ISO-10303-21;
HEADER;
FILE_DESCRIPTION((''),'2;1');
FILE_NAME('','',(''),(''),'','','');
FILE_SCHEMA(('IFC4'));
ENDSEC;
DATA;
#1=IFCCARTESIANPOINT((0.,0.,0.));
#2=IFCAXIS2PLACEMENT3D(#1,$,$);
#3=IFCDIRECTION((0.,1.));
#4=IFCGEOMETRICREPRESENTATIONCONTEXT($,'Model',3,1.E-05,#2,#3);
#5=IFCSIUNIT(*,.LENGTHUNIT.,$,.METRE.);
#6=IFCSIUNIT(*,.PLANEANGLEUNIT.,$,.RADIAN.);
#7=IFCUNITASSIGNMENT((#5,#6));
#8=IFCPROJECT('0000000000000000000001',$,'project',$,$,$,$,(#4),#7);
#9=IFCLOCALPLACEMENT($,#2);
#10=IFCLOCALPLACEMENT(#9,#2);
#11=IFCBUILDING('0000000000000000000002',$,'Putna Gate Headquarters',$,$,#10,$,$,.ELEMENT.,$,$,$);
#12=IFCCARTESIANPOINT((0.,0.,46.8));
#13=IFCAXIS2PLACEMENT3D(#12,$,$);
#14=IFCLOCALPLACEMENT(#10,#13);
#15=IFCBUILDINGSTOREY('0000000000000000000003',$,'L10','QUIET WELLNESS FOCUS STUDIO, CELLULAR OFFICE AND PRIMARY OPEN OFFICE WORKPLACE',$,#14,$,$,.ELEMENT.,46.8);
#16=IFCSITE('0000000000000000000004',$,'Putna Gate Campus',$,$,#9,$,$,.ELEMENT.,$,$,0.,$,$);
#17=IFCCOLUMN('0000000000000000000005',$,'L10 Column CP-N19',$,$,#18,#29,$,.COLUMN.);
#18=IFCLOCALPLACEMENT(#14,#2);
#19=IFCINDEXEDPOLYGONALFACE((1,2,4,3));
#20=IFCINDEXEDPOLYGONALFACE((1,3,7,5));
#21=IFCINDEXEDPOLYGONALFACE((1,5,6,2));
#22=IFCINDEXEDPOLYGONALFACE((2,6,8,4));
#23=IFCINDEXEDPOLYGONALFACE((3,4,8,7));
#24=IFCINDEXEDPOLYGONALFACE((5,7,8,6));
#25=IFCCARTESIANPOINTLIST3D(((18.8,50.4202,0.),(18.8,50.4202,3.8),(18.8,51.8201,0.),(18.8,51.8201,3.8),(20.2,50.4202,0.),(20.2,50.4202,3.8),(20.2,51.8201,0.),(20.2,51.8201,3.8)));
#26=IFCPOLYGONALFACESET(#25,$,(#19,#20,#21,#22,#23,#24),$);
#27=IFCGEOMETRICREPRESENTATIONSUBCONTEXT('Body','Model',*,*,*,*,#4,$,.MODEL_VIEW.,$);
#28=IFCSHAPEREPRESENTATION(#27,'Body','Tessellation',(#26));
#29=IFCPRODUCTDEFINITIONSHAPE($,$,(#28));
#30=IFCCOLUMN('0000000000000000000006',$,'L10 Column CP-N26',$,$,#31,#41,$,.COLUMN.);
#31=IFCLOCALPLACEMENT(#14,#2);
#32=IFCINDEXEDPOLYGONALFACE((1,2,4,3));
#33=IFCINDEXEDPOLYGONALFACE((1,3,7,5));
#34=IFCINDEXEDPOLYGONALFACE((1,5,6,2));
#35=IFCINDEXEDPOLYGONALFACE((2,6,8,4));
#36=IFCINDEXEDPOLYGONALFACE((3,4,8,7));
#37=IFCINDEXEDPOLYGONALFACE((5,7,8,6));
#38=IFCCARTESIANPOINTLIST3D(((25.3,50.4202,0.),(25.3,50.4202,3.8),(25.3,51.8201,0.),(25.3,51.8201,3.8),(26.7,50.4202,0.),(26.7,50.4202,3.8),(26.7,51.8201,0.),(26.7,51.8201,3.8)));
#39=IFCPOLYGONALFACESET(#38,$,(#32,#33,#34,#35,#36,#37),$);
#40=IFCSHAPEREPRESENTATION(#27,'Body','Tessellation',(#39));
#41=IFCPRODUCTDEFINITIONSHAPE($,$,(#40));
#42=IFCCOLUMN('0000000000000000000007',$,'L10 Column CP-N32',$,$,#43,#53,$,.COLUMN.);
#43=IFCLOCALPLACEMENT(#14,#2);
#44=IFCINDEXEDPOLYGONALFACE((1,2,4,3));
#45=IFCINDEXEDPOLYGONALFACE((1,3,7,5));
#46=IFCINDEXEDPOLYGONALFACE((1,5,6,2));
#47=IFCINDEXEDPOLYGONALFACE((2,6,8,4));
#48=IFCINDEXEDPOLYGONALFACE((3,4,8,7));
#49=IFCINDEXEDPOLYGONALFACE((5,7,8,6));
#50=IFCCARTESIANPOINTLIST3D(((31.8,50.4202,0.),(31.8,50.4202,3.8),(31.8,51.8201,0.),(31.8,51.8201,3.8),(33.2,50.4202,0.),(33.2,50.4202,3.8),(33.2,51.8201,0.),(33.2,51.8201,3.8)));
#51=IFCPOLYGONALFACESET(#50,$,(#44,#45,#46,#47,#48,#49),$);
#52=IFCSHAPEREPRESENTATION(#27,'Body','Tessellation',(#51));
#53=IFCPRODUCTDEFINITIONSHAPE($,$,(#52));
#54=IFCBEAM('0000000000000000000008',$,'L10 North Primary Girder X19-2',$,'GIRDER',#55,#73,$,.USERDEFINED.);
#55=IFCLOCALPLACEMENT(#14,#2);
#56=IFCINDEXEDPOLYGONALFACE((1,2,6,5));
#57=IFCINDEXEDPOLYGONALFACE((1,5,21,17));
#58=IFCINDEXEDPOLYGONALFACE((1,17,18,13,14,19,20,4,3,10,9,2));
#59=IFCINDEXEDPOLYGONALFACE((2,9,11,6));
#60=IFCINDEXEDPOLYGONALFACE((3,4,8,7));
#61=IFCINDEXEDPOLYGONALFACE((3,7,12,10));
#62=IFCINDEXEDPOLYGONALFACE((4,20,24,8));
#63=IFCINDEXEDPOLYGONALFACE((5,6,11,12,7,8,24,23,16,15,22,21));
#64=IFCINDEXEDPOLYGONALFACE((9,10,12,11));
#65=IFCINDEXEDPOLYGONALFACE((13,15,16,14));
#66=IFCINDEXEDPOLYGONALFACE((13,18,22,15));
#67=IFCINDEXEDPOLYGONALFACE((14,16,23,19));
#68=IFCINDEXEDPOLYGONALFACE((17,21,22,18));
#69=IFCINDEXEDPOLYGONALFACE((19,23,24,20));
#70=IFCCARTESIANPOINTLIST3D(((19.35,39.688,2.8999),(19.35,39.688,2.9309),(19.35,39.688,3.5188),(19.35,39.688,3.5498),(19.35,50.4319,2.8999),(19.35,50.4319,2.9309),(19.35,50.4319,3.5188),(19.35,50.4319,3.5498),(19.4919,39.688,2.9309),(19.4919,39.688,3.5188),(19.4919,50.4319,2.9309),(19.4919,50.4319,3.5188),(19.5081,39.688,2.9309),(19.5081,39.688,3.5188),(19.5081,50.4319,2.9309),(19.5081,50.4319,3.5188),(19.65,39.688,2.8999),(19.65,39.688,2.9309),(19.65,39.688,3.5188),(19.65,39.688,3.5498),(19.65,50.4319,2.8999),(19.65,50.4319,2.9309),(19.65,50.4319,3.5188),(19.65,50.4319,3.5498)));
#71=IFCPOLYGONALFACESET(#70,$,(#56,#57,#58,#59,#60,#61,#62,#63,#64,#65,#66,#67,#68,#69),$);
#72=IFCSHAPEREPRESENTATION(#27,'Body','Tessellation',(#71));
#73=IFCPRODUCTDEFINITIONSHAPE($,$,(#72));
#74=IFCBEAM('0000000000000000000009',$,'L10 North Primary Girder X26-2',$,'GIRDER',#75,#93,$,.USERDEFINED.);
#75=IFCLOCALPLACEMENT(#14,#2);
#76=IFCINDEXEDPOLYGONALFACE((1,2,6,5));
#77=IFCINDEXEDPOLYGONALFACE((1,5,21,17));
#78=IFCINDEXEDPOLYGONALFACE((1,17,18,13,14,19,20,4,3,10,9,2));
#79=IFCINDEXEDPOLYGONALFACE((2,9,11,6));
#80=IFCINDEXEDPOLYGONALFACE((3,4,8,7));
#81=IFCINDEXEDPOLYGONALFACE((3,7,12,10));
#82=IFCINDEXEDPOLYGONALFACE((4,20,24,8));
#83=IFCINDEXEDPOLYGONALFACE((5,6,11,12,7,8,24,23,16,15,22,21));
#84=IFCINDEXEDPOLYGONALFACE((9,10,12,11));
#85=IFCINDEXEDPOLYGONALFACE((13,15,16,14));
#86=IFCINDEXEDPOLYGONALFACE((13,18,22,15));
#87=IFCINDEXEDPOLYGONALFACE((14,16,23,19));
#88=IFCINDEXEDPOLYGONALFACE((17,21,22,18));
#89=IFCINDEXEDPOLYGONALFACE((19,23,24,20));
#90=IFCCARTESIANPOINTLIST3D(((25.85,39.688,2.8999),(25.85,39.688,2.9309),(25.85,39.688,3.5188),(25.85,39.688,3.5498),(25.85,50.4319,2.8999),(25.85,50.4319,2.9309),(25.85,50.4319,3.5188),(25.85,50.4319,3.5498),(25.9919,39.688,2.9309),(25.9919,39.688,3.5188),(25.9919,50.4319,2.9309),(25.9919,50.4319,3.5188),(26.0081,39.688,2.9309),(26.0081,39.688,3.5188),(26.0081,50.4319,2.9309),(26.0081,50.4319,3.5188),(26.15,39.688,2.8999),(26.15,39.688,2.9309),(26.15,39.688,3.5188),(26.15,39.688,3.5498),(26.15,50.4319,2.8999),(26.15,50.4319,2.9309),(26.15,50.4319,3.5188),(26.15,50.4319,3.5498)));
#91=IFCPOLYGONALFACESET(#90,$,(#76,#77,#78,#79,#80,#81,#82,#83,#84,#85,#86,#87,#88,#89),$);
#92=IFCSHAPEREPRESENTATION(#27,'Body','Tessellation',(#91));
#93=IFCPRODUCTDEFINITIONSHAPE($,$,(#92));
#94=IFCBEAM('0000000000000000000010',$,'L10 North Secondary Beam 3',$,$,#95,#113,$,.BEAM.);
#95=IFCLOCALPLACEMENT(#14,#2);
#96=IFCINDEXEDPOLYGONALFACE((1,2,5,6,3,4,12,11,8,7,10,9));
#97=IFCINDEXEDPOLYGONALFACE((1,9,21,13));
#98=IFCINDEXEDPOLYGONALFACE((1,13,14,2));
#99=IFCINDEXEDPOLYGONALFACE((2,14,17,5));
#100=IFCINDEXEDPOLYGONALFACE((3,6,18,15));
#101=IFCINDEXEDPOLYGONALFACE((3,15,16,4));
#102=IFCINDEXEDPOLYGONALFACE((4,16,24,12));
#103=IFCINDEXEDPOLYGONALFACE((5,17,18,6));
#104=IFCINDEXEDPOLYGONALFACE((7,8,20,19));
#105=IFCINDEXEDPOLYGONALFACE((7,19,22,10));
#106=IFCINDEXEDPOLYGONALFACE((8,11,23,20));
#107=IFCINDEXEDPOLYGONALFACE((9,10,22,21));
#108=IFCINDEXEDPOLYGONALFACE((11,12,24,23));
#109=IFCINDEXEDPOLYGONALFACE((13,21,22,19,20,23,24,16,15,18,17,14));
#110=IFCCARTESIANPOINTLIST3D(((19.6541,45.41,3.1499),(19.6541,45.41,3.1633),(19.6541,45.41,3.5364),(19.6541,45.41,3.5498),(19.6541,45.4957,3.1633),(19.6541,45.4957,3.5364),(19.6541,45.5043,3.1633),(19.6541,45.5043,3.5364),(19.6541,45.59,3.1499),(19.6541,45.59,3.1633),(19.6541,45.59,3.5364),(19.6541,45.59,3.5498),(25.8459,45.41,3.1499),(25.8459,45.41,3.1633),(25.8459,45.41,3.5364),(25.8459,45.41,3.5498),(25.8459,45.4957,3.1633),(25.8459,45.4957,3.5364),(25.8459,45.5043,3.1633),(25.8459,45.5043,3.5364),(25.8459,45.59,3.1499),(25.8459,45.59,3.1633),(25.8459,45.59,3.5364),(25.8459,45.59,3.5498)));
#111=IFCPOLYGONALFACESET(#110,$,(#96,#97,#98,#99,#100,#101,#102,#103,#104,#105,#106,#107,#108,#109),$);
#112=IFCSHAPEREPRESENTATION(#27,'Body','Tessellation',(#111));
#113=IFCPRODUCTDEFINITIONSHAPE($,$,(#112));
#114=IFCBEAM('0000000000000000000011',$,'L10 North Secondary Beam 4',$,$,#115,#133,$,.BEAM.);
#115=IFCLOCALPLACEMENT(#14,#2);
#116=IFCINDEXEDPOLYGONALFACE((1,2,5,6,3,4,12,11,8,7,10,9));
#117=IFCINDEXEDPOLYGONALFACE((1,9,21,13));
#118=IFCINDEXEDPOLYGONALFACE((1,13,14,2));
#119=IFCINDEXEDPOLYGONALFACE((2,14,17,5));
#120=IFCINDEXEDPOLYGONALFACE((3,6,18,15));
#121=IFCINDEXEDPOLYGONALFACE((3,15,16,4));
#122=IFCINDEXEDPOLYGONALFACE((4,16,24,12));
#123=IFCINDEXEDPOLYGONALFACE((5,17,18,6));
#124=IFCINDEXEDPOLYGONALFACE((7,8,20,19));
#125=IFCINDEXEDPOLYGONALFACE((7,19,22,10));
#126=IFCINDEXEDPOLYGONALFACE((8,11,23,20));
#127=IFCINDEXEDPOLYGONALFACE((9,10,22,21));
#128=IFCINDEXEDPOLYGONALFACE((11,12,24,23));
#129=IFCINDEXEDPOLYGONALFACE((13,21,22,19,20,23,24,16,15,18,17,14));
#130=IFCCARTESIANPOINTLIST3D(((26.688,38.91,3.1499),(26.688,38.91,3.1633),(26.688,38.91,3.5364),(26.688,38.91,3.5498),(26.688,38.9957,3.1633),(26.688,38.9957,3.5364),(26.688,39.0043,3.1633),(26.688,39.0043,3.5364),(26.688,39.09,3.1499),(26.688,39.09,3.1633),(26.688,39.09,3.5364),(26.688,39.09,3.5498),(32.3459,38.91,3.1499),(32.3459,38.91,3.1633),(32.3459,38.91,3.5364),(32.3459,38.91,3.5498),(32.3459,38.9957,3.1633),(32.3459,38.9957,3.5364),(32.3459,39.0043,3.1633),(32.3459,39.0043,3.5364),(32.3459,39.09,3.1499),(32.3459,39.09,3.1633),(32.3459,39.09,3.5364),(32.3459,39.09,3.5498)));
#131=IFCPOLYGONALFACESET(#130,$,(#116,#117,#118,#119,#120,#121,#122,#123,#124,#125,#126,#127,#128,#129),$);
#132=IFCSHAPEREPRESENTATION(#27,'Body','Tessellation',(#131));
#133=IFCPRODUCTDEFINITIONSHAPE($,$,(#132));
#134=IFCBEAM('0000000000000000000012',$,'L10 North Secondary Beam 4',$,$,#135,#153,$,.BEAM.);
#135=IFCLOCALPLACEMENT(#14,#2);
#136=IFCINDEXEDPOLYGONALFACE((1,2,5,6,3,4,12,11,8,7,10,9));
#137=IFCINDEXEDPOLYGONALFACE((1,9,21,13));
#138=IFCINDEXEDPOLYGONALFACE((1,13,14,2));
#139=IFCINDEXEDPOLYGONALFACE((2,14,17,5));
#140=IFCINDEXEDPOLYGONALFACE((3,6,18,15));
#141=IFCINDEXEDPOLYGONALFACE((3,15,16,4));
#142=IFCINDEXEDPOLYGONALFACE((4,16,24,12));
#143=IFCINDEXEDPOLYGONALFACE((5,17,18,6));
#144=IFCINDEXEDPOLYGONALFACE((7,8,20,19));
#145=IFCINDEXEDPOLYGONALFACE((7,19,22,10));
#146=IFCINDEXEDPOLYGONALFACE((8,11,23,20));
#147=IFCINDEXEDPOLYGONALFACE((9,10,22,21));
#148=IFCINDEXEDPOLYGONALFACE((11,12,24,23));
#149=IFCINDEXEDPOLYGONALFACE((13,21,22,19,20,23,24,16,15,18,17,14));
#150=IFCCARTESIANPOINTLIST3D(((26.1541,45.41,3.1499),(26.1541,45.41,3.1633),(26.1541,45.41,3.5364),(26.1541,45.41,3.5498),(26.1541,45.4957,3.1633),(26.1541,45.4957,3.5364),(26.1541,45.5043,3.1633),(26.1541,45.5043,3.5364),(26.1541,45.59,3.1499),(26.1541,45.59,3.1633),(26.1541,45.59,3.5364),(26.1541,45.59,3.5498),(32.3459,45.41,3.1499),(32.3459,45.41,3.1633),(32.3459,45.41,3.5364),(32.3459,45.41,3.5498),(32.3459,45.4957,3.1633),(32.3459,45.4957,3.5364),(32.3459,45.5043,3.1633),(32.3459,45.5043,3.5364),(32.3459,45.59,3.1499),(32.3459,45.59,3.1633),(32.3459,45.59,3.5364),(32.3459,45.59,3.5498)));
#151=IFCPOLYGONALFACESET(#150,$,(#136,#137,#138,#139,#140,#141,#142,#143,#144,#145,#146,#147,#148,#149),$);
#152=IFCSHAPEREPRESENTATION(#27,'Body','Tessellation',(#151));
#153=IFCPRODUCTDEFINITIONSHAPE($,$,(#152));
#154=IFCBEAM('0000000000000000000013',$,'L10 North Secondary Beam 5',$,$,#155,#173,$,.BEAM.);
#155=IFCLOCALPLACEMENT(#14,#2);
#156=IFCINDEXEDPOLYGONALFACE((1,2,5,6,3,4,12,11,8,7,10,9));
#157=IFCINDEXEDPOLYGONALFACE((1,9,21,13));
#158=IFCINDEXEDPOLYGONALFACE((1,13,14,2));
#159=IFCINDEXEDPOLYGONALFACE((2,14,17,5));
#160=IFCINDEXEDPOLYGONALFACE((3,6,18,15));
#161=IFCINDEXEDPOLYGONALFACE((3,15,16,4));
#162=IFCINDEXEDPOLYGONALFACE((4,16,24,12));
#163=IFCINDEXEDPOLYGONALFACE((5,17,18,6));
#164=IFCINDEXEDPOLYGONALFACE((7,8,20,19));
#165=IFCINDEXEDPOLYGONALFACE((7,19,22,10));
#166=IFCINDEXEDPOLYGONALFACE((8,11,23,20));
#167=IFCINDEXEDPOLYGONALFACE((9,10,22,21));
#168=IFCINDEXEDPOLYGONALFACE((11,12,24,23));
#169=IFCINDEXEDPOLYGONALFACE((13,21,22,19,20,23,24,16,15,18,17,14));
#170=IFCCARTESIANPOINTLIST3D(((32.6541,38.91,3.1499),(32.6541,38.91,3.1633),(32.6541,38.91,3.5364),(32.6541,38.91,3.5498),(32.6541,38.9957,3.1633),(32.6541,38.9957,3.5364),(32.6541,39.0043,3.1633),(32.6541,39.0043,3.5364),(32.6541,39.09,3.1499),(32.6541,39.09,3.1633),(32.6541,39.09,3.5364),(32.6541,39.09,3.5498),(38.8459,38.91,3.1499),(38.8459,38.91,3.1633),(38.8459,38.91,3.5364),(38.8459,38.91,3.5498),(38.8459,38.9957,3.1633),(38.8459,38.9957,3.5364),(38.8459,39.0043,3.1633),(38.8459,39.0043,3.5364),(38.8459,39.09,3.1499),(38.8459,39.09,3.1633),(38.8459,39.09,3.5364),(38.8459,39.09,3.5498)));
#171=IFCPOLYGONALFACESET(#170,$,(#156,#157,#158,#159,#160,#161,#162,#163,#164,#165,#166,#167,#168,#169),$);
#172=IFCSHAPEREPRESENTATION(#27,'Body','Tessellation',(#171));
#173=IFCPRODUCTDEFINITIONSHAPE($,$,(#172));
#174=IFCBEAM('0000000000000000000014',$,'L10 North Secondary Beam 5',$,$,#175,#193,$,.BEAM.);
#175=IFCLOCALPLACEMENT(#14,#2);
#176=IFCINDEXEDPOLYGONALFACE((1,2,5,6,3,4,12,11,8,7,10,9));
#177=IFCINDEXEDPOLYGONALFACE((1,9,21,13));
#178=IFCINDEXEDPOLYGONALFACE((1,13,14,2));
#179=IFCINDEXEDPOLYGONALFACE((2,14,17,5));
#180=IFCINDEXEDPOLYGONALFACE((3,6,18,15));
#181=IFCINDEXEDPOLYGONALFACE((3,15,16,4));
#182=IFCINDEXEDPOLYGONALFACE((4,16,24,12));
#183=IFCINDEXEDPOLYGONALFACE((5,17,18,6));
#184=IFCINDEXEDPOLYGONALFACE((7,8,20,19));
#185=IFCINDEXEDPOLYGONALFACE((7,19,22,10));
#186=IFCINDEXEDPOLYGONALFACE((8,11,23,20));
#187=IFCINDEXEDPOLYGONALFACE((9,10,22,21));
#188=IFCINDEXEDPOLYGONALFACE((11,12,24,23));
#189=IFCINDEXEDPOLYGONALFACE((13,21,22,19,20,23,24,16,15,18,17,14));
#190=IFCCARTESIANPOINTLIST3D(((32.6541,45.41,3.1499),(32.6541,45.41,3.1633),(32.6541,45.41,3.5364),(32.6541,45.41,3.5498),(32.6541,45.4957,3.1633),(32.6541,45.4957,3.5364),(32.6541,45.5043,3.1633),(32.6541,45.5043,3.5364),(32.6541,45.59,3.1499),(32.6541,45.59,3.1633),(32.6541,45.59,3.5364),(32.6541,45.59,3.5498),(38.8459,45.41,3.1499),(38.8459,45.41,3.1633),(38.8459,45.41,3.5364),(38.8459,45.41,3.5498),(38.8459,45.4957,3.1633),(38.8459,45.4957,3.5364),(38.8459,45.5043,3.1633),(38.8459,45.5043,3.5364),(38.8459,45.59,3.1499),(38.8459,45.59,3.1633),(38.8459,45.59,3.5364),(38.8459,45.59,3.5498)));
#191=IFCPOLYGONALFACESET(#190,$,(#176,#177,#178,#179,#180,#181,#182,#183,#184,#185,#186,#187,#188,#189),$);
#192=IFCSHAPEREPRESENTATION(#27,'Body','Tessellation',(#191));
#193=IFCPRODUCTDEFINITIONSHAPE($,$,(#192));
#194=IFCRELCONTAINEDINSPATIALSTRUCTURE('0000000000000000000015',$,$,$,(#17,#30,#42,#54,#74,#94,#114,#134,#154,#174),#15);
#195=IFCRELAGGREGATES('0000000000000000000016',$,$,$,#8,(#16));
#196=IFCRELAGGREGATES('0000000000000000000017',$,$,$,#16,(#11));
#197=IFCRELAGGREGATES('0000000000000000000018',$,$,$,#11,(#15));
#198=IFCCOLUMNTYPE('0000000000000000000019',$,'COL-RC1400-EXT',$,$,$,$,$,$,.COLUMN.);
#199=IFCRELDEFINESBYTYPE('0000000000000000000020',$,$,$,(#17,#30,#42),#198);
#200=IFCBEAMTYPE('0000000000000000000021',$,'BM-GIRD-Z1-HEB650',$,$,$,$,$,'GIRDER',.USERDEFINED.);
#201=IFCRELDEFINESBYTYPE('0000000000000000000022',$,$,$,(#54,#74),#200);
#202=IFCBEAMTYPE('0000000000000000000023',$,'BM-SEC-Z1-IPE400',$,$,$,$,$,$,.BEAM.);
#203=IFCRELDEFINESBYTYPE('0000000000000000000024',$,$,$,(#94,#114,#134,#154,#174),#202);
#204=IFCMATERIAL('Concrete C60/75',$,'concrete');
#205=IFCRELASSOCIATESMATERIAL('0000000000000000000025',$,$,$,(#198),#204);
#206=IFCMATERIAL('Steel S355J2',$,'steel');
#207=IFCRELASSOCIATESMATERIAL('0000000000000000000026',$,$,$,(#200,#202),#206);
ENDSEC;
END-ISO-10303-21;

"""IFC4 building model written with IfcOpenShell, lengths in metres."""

from ifc_helpers import new_model, si_unit, direction, frame, origin, origin_2d, place, context, subcontext, project, spatial, rectangle, i_section, extrude, material, material_profile, profile_set, type_object, element, save


model = new_model("IFC4")

# Units and contexts
model_context = context("Model", 3, precision=1e-05, world=origin(), true_north=direction((0.0, 1.0)))
body_context = subcontext(model_context, "Body", "Model", "MODEL_VIEW")
ifc_project = project(units=[si_unit("LENGTHUNIT", "METRE"), si_unit("PLANEANGLEUNIT", "RADIAN")], contexts=[model_context])

# Site, building, storey
site_placement = place(None, origin())
site = spatial("IfcSite", under=ifc_project, at=site_placement, Name="Putna Gate Campus", CompositionType="ELEMENT", RefElevation=0.0)
building_placement = place(site_placement, origin())
building = spatial("IfcBuilding", under=site, at=building_placement, Name="Putna Gate Headquarters", CompositionType="ELEMENT")
storey_placement = place(building_placement, frame((0.0, 0.0, 46.8)))
storey = spatial("IfcBuildingStorey", under=building, at=storey_placement, Name="L10", Description="QUIET WELLNESS FOCUS STUDIO, CELLULAR OFFICE AND PRIMARY OPEN OFFICE WORKPLACE", CompositionType="ELEMENT", Elevation=46.8)

# Columns
ifc_material_1 = material(Name="Concrete C60/75", Category="concrete")
ifc_material_profile_1 = material_profile(ifc_material_1, rectangle(XDim=1.3999, YDim=1.3999, at=origin_2d()), Name="Concrete C60/75")
ifc_profile_set_1 = profile_set([ifc_material_profile_1], Name="Concrete C60/75")
column_type = type_object("IfcColumnType", Name="COL-RC1400-EXT", PredefinedType="COLUMN", material=ifc_profile_set_1)
for number, where, z_axis, x_axis, name in (
    (1, (19.5, 51.1201, 0.0), (0.0, 0.0, 1.0), (1.0, 0.0, 0.0), "L10 Column CP-N19"),
    (2, (26.0, 51.1201, 0.0), (0.0, 0.0, 1.0), (1.0, 0.0, 0.0), "L10 Column CP-N26"),
    (3, (32.5, 51.1201, 0.0), (0.0, 0.0, 1.0), (1.0, 0.0, 0.0), "L10 Column CP-N32"),
):
    element("IfcColumn", number, at=place(storey_placement, frame(where, z_axis=z_axis, x_axis=x_axis)), inside=storey, type_object=column_type, Name=name, PredefinedType="COLUMN", context=body_context, shape_type="SweptSolid", body=[
        extrude(rectangle(XDim=1.3999, YDim=1.3999, at=origin_2d()), origin(), (0.0, 0.0, 1.0), 3.8),
    ])

# Beams
ifc_material_2 = material(Name="Steel S355J2", Category="steel")
ifc_material_profile_2 = material_profile(ifc_material_2, i_section(OverallWidth=0.3, OverallDepth=0.6499, WebThickness=0.0161, FlangeThickness=0.031, at=origin_2d()), Name="Steel S355J2")
ifc_profile_set_2 = profile_set([ifc_material_profile_2], Name="Steel S355J2")
beam_type_1 = type_object("IfcBeamType", Name="BM-GIRD-Z1-HEB650", ElementType="GIRDER", PredefinedType="USERDEFINED", material=ifc_profile_set_2)
for number, where, z_axis, x_axis, name in (
    (4, (19.5, 39.688, 3.2249), (0.0, 1.0, 0.0), (-1.0, 0.0, 0.0), "L10 North Primary Girder X19-2"),
    (5, (26.0, 39.688, 3.2249), (0.0, 1.0, 0.0), (-1.0, 0.0, 0.0), "L10 North Primary Girder X26-2"),
):
    element("IfcBeam", number, at=place(storey_placement, frame(where, z_axis=z_axis, x_axis=x_axis)), inside=storey, type_object=beam_type_1, Name=name, ObjectType="GIRDER", PredefinedType="USERDEFINED", context=body_context, shape_type="SweptSolid", body=[
        extrude(i_section(OverallWidth=0.3, OverallDepth=0.6499, WebThickness=0.0161, FlangeThickness=0.031, at=origin_2d()), origin(), (0.0, 0.0, 1.0), 10.7439),
    ])
ifc_material_profile_3 = material_profile(ifc_material_2, i_section(OverallWidth=0.1799, OverallDepth=0.3999, WebThickness=0.0085, FlangeThickness=0.0134, at=origin_2d()), Name="Steel S355J2")
ifc_profile_set_3 = profile_set([ifc_material_profile_3], Name="Steel S355J2")
beam_type_2 = type_object("IfcBeamType", Name="BM-SEC-Z1-IPE400", PredefinedType="BEAM", material=ifc_profile_set_3)
beam_1_placement = place(storey_placement, frame((19.6541, 45.5, 3.3499), z_axis=(1.0, 0.0, 0.0), x_axis=(0.0, 1.0, 0.0)))
element("IfcBeam", 6, at=beam_1_placement, inside=storey, type_object=beam_type_2, Name="L10 North Secondary Beam 3", PredefinedType="BEAM", context=body_context, shape_type="SweptSolid", body=[
    extrude(i_section(OverallWidth=0.1799, OverallDepth=0.3999, WebThickness=0.0085, FlangeThickness=0.0134, at=origin_2d()), origin(), (0.0, 0.0, 1.0), 6.1919),
])
beam_2_placement = place(storey_placement, frame((26.688, 39.0, 3.3499), z_axis=(1.0, 0.0, 0.0), x_axis=(0.0, 1.0, 0.0)))
element("IfcBeam", 7, at=beam_2_placement, inside=storey, type_object=beam_type_2, Name="L10 North Secondary Beam 4", PredefinedType="BEAM", context=body_context, shape_type="SweptSolid", body=[
    extrude(i_section(OverallWidth=0.1799, OverallDepth=0.3999, WebThickness=0.0085, FlangeThickness=0.0134, at=origin_2d()), origin(), (0.0, 0.0, 1.0), 5.658),
])
for number, where, z_axis, x_axis, name in (
    (8, (26.1541, 45.5, 3.3499), (1.0, 0.0, 0.0), (0.0, 1.0, 0.0), "L10 North Secondary Beam 4"),
    (9, (32.6541, 39.0, 3.3499), (1.0, 0.0, 0.0), (0.0, 1.0, 0.0), "L10 North Secondary Beam 5"),
    (10, (32.6541, 45.5, 3.3499), (1.0, 0.0, 0.0), (0.0, 1.0, 0.0), "L10 North Secondary Beam 5"),
):
    element("IfcBeam", number, at=place(storey_placement, frame(where, z_axis=z_axis, x_axis=x_axis)), inside=storey, type_object=beam_type_2, Name=name, PredefinedType="BEAM", context=body_context, shape_type="SweptSolid", body=[
        extrude(i_section(OverallWidth=0.1799, OverallDepth=0.3999, WebThickness=0.0085, FlangeThickness=0.0134, at=origin_2d()), origin(), (0.0, 0.0, 1.0), 6.1919),
    ])

save(model, "model.ifc")
